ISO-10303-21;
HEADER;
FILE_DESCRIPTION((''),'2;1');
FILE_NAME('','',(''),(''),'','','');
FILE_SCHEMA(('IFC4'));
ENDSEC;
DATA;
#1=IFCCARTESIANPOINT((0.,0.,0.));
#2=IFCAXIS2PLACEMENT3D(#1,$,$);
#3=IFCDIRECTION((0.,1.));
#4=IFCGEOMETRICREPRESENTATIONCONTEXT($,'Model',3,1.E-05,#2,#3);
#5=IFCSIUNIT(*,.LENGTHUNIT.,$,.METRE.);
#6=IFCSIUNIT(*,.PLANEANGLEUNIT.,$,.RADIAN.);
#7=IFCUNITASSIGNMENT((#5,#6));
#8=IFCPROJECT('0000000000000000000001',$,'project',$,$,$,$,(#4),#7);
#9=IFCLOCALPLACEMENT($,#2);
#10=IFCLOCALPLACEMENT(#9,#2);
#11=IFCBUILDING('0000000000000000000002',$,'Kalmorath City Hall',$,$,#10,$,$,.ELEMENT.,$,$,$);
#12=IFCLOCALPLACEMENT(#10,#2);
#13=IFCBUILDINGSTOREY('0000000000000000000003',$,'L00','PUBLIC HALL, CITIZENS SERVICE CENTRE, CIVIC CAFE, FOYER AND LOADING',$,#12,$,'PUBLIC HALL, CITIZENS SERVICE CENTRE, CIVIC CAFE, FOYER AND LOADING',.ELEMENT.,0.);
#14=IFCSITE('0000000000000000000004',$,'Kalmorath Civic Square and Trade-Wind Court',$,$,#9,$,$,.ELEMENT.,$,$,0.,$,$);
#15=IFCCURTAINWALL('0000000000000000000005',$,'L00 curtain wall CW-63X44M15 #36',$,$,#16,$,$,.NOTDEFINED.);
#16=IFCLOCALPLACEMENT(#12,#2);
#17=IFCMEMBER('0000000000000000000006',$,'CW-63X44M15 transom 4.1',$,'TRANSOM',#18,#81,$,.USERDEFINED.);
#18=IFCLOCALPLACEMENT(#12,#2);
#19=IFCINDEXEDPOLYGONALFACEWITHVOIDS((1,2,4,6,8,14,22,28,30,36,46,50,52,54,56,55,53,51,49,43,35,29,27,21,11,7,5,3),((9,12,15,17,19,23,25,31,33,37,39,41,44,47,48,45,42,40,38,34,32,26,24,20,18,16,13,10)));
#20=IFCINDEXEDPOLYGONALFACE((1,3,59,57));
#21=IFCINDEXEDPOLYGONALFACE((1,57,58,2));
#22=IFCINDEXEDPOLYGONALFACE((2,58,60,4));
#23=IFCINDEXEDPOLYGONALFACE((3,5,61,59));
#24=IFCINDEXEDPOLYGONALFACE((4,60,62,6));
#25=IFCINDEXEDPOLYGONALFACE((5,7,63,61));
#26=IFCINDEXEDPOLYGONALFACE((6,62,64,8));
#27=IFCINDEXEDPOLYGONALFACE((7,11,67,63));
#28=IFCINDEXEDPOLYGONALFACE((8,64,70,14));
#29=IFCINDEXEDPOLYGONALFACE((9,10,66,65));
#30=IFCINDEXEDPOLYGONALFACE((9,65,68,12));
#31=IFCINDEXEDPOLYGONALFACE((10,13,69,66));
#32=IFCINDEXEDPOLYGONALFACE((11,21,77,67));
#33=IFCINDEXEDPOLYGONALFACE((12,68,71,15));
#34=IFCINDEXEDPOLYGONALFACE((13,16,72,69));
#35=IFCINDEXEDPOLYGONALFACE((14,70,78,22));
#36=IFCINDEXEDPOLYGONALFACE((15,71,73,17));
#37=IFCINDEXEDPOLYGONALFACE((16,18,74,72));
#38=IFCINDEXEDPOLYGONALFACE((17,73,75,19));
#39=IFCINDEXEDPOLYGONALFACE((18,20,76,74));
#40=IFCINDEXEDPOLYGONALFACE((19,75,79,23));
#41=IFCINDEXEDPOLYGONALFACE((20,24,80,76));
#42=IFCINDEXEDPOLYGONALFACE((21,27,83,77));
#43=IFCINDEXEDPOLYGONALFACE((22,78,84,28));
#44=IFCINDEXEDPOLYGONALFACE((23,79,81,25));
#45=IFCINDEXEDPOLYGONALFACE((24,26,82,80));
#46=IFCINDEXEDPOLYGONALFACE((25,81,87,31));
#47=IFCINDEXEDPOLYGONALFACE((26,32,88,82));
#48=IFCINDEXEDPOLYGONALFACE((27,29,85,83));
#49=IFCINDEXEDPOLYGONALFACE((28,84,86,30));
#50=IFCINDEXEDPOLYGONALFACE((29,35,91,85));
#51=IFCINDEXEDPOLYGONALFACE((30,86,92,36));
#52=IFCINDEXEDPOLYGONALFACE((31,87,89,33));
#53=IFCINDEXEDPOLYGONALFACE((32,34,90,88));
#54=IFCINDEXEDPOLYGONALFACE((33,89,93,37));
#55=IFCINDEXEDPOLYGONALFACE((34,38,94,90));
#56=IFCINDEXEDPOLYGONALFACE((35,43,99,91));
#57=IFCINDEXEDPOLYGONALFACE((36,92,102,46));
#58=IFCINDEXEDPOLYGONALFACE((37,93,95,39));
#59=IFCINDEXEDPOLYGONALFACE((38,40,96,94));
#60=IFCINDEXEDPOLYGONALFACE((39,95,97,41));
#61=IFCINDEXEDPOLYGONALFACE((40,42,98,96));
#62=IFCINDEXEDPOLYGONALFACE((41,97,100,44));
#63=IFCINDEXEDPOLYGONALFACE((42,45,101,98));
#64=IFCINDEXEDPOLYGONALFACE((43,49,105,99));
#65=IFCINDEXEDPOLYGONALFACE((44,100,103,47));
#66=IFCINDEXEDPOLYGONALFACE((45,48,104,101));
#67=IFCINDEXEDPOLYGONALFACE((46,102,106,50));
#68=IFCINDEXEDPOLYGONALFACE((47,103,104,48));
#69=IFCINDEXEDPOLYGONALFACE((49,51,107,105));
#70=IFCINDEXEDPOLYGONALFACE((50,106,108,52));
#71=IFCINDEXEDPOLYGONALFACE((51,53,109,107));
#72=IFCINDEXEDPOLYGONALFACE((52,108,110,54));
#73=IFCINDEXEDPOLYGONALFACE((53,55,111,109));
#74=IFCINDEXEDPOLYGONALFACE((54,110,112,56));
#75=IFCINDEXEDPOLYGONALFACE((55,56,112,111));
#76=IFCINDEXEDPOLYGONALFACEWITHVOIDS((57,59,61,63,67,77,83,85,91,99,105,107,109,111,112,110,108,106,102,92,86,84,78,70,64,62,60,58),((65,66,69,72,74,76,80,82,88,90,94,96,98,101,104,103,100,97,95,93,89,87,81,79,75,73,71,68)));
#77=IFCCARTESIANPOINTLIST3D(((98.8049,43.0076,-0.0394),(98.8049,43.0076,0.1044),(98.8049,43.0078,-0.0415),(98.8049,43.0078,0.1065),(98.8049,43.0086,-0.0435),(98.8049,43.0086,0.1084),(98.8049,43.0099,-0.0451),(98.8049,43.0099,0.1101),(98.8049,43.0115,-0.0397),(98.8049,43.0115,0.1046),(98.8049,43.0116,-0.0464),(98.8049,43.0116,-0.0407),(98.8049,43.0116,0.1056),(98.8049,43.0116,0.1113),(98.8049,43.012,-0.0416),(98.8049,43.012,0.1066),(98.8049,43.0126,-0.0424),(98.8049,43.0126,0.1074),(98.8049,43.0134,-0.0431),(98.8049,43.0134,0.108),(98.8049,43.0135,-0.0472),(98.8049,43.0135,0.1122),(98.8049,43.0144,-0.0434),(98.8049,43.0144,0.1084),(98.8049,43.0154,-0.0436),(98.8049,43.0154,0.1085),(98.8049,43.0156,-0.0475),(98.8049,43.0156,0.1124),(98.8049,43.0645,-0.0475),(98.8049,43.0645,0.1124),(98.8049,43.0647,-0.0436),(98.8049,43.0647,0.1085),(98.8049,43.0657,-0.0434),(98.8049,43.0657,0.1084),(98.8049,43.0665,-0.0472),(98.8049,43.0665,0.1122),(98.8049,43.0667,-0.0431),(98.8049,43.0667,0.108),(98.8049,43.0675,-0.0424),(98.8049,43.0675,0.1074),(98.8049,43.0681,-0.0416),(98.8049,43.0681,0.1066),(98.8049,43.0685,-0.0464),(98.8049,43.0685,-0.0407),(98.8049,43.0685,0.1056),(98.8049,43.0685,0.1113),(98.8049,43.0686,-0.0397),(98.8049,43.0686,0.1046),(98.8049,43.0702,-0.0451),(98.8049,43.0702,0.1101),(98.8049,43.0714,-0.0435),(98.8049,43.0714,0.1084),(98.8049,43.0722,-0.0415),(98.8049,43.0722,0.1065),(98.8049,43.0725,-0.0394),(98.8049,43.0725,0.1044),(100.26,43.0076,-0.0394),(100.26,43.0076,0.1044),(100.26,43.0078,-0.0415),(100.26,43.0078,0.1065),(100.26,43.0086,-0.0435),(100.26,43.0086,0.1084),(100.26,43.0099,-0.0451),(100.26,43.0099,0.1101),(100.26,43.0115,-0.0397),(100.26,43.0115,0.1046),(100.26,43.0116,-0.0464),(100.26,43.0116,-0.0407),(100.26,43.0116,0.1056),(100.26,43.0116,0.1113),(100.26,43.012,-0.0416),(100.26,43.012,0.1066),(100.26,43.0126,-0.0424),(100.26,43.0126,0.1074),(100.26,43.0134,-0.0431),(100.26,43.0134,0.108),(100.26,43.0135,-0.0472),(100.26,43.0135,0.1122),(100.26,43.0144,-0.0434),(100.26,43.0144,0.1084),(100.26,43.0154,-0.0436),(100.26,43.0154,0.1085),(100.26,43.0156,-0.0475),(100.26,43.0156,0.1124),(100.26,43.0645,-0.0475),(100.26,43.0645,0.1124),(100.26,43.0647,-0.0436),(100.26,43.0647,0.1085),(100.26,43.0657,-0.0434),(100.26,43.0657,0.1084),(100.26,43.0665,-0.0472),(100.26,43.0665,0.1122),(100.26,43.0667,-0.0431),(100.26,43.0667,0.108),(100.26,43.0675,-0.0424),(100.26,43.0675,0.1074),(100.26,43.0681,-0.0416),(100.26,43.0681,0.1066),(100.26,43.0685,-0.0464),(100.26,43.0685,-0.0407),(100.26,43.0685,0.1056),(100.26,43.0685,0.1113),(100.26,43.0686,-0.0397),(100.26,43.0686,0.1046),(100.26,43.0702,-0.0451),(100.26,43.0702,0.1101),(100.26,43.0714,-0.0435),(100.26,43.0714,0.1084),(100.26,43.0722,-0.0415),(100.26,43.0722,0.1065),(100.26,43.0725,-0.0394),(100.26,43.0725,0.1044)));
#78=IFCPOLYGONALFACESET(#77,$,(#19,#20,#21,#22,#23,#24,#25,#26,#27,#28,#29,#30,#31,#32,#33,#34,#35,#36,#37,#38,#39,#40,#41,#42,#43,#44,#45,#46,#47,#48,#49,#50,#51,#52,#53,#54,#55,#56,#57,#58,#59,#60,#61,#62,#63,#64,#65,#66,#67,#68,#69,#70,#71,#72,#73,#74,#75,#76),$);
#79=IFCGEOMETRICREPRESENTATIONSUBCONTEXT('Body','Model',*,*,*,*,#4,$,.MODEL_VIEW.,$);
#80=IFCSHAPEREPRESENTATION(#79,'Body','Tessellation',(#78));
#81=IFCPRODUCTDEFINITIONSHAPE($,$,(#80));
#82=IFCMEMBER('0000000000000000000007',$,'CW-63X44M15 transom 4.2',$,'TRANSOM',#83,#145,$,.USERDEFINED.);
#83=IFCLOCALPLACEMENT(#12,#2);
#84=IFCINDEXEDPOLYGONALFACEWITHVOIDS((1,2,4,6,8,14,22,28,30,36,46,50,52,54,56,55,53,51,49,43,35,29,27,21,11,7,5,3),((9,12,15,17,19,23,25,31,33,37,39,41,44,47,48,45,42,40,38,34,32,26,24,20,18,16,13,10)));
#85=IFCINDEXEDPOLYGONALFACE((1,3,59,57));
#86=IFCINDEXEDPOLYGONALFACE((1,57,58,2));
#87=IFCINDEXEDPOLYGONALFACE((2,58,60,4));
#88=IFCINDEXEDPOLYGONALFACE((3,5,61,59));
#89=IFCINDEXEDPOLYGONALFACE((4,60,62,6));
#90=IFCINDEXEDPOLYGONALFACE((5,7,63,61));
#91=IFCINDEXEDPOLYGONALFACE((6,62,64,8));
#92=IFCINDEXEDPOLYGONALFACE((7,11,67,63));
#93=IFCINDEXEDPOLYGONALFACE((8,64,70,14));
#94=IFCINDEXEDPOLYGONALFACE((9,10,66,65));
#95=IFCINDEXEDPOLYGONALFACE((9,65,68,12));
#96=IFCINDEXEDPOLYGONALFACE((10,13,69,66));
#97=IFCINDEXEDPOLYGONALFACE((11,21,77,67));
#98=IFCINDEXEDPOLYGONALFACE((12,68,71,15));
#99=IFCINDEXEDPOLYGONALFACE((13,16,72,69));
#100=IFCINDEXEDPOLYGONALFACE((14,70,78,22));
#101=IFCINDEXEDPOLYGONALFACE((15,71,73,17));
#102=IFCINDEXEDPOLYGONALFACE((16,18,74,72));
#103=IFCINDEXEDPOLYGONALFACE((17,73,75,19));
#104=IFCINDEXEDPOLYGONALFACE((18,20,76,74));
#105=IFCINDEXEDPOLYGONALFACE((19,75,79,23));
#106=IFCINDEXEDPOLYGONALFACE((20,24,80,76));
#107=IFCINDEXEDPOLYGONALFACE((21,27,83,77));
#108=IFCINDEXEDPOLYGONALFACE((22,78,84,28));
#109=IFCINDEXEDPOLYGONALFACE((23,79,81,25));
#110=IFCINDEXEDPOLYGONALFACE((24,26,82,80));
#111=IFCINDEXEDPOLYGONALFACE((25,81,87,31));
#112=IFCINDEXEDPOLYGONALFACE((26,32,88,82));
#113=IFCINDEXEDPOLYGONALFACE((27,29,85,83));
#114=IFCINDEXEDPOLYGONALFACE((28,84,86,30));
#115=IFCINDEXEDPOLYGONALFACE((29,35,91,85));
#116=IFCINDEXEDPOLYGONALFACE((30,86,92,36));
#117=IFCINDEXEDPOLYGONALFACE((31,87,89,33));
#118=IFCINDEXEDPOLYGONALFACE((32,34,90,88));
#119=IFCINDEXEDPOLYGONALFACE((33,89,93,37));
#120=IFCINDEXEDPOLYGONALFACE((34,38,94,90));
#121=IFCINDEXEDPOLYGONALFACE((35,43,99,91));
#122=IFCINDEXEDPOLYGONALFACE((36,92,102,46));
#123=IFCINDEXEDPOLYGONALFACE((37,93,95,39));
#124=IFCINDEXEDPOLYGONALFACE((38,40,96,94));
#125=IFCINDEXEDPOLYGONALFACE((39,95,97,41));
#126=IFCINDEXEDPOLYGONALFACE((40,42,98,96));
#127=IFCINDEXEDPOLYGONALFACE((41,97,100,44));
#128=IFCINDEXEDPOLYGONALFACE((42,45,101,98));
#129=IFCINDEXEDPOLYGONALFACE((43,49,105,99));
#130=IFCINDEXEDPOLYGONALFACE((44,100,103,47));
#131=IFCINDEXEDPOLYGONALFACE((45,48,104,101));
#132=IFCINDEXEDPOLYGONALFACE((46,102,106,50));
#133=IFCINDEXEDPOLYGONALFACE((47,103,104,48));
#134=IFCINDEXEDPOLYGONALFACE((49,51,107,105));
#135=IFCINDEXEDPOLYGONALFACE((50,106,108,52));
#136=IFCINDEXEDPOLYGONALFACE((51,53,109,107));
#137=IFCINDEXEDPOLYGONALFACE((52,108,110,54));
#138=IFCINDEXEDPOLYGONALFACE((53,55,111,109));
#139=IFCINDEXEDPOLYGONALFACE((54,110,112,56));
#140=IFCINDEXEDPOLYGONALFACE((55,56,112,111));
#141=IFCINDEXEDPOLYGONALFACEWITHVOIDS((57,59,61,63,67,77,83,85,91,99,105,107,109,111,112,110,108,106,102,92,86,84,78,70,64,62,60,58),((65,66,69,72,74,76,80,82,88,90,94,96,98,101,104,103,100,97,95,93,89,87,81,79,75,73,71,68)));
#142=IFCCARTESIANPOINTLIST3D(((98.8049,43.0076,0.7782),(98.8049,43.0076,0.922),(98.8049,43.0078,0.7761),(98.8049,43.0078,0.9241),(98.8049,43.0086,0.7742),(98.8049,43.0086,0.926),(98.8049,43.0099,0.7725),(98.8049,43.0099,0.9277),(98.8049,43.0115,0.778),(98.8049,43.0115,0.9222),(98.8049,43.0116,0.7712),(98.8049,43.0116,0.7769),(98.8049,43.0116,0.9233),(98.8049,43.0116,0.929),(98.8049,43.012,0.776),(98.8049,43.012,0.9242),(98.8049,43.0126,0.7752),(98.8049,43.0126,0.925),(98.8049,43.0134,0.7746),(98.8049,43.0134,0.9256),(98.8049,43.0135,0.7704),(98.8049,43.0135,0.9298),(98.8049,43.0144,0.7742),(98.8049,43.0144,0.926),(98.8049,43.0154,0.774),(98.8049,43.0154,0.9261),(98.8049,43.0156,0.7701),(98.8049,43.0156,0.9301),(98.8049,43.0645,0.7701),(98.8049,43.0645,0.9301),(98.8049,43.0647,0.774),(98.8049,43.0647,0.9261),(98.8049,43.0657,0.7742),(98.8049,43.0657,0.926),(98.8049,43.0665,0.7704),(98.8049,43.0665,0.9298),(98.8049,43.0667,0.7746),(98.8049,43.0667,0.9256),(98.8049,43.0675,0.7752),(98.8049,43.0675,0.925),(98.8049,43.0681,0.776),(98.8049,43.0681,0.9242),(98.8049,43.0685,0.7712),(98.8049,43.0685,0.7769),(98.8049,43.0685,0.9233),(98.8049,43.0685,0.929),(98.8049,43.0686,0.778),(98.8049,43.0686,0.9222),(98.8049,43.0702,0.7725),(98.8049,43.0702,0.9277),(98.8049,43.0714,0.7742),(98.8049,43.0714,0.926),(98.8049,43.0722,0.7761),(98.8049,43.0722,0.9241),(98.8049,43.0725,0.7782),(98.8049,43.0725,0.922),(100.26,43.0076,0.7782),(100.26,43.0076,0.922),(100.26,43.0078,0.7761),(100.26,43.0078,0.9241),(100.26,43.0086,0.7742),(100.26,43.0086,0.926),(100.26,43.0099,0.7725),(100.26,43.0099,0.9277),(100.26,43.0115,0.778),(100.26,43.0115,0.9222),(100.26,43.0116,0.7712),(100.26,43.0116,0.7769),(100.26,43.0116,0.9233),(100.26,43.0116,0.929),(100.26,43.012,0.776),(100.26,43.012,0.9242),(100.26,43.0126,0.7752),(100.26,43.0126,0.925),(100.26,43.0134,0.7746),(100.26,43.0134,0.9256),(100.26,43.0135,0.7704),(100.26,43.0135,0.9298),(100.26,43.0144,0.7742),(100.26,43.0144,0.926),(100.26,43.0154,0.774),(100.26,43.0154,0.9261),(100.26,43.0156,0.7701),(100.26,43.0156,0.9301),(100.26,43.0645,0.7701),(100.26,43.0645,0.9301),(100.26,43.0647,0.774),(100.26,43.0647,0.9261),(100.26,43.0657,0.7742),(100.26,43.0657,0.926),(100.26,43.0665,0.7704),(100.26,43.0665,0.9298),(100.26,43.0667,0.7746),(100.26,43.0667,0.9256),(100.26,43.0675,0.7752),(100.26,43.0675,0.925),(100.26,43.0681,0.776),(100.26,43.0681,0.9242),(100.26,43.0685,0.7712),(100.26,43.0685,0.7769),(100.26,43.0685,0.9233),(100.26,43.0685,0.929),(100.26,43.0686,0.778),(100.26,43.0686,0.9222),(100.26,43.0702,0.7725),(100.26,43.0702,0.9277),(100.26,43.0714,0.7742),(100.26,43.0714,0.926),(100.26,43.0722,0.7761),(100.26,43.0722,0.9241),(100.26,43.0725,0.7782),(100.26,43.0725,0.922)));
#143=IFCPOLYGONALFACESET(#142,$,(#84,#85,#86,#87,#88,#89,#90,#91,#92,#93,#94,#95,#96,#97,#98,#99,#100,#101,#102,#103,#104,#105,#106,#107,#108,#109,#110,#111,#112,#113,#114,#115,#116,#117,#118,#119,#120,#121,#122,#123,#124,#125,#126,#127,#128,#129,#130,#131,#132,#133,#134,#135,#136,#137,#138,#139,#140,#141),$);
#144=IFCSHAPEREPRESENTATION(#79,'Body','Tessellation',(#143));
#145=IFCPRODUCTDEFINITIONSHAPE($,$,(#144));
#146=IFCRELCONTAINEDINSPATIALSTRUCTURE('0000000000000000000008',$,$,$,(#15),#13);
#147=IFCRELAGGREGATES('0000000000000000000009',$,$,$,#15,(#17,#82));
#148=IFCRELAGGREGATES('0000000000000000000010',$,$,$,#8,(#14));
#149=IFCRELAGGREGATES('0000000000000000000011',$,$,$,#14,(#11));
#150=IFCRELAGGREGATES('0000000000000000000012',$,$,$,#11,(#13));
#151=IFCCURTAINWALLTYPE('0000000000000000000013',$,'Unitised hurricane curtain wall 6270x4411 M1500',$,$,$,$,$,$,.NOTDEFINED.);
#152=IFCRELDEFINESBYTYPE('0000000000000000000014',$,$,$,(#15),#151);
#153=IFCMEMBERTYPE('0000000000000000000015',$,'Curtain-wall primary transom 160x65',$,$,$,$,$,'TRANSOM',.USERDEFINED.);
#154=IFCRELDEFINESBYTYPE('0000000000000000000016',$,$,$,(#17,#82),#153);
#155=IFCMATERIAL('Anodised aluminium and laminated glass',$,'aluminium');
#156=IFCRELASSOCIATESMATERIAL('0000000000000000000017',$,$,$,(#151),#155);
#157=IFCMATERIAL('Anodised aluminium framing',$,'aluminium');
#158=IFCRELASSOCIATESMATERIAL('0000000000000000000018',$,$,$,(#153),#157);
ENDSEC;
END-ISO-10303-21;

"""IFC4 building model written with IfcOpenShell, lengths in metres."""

from ifc_helpers import new_model, si_unit, direction, frame, origin, origin_2d, place, context, subcontext, project, spatial, hollow_rectangle, extrude, material, material_profile, profile_set, type_object, element, aggregate, save


model = new_model("IFC4")

# Units and contexts
model_context = context("Model", 3, precision=1e-05, world=origin(), true_north=direction((0.0, 1.0)))
body_context = subcontext(model_context, "Body", "Model", "MODEL_VIEW")
ifc_project = project(units=[si_unit("LENGTHUNIT", "METRE"), si_unit("PLANEANGLEUNIT", "RADIAN")], contexts=[model_context])

# Site, building, storey
site_placement = place(None, origin())
site = spatial("IfcSite", under=ifc_project, at=site_placement, Name="Kalmorath Civic Square and Trade-Wind Court", CompositionType="ELEMENT", RefElevation=0.0)
building_placement = place(site_placement, origin())
building = spatial("IfcBuilding", under=site, at=building_placement, Name="Kalmorath City Hall", CompositionType="ELEMENT")
storey_placement = place(building_placement, origin())
storey = spatial("IfcBuildingStorey", under=building, at=storey_placement, Name="L00", Description="PUBLIC HALL, CITIZENS SERVICE CENTRE, CIVIC CAFE, FOYER AND LOADING", LongName="PUBLIC HALL, CITIZENS SERVICE CENTRE, CIVIC CAFE, FOYER AND LOADING", CompositionType="ELEMENT", Elevation=0.0)

# Curtain wall
ifc_material_1 = material(Name="Anodised aluminium and laminated glass", Category="aluminium")
curtain_wall_type_1 = type_object("IfcCurtainWallType", Name="Unitised hurricane curtain wall 6270x4411 M1500", PredefinedType="NOTDEFINED", material=ifc_material_1)
curtain_wall_1_placement = place(storey_placement, origin())
curtain_wall_1 = element("IfcCurtainWall", 1, at=curtain_wall_1_placement, inside=storey, type_object=curtain_wall_type_1, Name="L00 curtain wall CW-63X44M15 #36", PredefinedType="NOTDEFINED")

# Members
ifc_material_2 = material(Name="Anodised aluminium framing", Category="aluminium")
ifc_material_profile_1 = material_profile(ifc_material_2, hollow_rectangle(XDim=0.0649, YDim=0.1599, WallThickness=0.0039, InnerFilletRadius=0.0039, OuterFilletRadius=0.0081, at=origin_2d()), Name="ALU-TRN-160X65X4")
ifc_profile_set_1 = profile_set([ifc_material_profile_1], Name="Anodised aluminium framing")
member_type_1 = type_object("IfcMemberType", Name="Curtain-wall primary transom 160x65", ElementType="TRANSOM", PredefinedType="USERDEFINED", material=ifc_profile_set_1)
member_1_placement = place(storey_placement, frame((98.8049, 43.04, 0.0325), z_axis=(1.0, 0.0, 0.0), x_axis=(0.0, 1.0, 0.0)))
member_1 = element("IfcMember", 2, at=member_1_placement, type_object=member_type_1, Name="CW-63X44M15 transom 4.1", ObjectType="TRANSOM", PredefinedType="USERDEFINED", context=body_context, shape_type="SweptSolid", body=[
    extrude(hollow_rectangle(XDim=0.0649, YDim=0.1599, WallThickness=0.0039, InnerFilletRadius=0.0039, OuterFilletRadius=0.0081, at=origin_2d()), origin(), (0.0, 0.0, 1.0), 1.4551),
])
member_2_placement = place(storey_placement, frame((98.8049, 43.04, 0.8501), z_axis=(1.0, 0.0, 0.0), x_axis=(0.0, 1.0, 0.0)))
member_2 = element("IfcMember", 3, at=member_2_placement, type_object=member_type_1, Name="CW-63X44M15 transom 4.2", ObjectType="TRANSOM", PredefinedType="USERDEFINED", context=body_context, shape_type="SweptSolid", body=[
    extrude(hollow_rectangle(XDim=0.0649, YDim=0.1599, WallThickness=0.0039, InnerFilletRadius=0.0039, OuterFilletRadius=0.0081, at=origin_2d()), origin(), (0.0, 0.0, 1.0), 1.4551),
])

aggregate(curtain_wall_1, [member_1, member_2])

save(model, "model.ifc")
